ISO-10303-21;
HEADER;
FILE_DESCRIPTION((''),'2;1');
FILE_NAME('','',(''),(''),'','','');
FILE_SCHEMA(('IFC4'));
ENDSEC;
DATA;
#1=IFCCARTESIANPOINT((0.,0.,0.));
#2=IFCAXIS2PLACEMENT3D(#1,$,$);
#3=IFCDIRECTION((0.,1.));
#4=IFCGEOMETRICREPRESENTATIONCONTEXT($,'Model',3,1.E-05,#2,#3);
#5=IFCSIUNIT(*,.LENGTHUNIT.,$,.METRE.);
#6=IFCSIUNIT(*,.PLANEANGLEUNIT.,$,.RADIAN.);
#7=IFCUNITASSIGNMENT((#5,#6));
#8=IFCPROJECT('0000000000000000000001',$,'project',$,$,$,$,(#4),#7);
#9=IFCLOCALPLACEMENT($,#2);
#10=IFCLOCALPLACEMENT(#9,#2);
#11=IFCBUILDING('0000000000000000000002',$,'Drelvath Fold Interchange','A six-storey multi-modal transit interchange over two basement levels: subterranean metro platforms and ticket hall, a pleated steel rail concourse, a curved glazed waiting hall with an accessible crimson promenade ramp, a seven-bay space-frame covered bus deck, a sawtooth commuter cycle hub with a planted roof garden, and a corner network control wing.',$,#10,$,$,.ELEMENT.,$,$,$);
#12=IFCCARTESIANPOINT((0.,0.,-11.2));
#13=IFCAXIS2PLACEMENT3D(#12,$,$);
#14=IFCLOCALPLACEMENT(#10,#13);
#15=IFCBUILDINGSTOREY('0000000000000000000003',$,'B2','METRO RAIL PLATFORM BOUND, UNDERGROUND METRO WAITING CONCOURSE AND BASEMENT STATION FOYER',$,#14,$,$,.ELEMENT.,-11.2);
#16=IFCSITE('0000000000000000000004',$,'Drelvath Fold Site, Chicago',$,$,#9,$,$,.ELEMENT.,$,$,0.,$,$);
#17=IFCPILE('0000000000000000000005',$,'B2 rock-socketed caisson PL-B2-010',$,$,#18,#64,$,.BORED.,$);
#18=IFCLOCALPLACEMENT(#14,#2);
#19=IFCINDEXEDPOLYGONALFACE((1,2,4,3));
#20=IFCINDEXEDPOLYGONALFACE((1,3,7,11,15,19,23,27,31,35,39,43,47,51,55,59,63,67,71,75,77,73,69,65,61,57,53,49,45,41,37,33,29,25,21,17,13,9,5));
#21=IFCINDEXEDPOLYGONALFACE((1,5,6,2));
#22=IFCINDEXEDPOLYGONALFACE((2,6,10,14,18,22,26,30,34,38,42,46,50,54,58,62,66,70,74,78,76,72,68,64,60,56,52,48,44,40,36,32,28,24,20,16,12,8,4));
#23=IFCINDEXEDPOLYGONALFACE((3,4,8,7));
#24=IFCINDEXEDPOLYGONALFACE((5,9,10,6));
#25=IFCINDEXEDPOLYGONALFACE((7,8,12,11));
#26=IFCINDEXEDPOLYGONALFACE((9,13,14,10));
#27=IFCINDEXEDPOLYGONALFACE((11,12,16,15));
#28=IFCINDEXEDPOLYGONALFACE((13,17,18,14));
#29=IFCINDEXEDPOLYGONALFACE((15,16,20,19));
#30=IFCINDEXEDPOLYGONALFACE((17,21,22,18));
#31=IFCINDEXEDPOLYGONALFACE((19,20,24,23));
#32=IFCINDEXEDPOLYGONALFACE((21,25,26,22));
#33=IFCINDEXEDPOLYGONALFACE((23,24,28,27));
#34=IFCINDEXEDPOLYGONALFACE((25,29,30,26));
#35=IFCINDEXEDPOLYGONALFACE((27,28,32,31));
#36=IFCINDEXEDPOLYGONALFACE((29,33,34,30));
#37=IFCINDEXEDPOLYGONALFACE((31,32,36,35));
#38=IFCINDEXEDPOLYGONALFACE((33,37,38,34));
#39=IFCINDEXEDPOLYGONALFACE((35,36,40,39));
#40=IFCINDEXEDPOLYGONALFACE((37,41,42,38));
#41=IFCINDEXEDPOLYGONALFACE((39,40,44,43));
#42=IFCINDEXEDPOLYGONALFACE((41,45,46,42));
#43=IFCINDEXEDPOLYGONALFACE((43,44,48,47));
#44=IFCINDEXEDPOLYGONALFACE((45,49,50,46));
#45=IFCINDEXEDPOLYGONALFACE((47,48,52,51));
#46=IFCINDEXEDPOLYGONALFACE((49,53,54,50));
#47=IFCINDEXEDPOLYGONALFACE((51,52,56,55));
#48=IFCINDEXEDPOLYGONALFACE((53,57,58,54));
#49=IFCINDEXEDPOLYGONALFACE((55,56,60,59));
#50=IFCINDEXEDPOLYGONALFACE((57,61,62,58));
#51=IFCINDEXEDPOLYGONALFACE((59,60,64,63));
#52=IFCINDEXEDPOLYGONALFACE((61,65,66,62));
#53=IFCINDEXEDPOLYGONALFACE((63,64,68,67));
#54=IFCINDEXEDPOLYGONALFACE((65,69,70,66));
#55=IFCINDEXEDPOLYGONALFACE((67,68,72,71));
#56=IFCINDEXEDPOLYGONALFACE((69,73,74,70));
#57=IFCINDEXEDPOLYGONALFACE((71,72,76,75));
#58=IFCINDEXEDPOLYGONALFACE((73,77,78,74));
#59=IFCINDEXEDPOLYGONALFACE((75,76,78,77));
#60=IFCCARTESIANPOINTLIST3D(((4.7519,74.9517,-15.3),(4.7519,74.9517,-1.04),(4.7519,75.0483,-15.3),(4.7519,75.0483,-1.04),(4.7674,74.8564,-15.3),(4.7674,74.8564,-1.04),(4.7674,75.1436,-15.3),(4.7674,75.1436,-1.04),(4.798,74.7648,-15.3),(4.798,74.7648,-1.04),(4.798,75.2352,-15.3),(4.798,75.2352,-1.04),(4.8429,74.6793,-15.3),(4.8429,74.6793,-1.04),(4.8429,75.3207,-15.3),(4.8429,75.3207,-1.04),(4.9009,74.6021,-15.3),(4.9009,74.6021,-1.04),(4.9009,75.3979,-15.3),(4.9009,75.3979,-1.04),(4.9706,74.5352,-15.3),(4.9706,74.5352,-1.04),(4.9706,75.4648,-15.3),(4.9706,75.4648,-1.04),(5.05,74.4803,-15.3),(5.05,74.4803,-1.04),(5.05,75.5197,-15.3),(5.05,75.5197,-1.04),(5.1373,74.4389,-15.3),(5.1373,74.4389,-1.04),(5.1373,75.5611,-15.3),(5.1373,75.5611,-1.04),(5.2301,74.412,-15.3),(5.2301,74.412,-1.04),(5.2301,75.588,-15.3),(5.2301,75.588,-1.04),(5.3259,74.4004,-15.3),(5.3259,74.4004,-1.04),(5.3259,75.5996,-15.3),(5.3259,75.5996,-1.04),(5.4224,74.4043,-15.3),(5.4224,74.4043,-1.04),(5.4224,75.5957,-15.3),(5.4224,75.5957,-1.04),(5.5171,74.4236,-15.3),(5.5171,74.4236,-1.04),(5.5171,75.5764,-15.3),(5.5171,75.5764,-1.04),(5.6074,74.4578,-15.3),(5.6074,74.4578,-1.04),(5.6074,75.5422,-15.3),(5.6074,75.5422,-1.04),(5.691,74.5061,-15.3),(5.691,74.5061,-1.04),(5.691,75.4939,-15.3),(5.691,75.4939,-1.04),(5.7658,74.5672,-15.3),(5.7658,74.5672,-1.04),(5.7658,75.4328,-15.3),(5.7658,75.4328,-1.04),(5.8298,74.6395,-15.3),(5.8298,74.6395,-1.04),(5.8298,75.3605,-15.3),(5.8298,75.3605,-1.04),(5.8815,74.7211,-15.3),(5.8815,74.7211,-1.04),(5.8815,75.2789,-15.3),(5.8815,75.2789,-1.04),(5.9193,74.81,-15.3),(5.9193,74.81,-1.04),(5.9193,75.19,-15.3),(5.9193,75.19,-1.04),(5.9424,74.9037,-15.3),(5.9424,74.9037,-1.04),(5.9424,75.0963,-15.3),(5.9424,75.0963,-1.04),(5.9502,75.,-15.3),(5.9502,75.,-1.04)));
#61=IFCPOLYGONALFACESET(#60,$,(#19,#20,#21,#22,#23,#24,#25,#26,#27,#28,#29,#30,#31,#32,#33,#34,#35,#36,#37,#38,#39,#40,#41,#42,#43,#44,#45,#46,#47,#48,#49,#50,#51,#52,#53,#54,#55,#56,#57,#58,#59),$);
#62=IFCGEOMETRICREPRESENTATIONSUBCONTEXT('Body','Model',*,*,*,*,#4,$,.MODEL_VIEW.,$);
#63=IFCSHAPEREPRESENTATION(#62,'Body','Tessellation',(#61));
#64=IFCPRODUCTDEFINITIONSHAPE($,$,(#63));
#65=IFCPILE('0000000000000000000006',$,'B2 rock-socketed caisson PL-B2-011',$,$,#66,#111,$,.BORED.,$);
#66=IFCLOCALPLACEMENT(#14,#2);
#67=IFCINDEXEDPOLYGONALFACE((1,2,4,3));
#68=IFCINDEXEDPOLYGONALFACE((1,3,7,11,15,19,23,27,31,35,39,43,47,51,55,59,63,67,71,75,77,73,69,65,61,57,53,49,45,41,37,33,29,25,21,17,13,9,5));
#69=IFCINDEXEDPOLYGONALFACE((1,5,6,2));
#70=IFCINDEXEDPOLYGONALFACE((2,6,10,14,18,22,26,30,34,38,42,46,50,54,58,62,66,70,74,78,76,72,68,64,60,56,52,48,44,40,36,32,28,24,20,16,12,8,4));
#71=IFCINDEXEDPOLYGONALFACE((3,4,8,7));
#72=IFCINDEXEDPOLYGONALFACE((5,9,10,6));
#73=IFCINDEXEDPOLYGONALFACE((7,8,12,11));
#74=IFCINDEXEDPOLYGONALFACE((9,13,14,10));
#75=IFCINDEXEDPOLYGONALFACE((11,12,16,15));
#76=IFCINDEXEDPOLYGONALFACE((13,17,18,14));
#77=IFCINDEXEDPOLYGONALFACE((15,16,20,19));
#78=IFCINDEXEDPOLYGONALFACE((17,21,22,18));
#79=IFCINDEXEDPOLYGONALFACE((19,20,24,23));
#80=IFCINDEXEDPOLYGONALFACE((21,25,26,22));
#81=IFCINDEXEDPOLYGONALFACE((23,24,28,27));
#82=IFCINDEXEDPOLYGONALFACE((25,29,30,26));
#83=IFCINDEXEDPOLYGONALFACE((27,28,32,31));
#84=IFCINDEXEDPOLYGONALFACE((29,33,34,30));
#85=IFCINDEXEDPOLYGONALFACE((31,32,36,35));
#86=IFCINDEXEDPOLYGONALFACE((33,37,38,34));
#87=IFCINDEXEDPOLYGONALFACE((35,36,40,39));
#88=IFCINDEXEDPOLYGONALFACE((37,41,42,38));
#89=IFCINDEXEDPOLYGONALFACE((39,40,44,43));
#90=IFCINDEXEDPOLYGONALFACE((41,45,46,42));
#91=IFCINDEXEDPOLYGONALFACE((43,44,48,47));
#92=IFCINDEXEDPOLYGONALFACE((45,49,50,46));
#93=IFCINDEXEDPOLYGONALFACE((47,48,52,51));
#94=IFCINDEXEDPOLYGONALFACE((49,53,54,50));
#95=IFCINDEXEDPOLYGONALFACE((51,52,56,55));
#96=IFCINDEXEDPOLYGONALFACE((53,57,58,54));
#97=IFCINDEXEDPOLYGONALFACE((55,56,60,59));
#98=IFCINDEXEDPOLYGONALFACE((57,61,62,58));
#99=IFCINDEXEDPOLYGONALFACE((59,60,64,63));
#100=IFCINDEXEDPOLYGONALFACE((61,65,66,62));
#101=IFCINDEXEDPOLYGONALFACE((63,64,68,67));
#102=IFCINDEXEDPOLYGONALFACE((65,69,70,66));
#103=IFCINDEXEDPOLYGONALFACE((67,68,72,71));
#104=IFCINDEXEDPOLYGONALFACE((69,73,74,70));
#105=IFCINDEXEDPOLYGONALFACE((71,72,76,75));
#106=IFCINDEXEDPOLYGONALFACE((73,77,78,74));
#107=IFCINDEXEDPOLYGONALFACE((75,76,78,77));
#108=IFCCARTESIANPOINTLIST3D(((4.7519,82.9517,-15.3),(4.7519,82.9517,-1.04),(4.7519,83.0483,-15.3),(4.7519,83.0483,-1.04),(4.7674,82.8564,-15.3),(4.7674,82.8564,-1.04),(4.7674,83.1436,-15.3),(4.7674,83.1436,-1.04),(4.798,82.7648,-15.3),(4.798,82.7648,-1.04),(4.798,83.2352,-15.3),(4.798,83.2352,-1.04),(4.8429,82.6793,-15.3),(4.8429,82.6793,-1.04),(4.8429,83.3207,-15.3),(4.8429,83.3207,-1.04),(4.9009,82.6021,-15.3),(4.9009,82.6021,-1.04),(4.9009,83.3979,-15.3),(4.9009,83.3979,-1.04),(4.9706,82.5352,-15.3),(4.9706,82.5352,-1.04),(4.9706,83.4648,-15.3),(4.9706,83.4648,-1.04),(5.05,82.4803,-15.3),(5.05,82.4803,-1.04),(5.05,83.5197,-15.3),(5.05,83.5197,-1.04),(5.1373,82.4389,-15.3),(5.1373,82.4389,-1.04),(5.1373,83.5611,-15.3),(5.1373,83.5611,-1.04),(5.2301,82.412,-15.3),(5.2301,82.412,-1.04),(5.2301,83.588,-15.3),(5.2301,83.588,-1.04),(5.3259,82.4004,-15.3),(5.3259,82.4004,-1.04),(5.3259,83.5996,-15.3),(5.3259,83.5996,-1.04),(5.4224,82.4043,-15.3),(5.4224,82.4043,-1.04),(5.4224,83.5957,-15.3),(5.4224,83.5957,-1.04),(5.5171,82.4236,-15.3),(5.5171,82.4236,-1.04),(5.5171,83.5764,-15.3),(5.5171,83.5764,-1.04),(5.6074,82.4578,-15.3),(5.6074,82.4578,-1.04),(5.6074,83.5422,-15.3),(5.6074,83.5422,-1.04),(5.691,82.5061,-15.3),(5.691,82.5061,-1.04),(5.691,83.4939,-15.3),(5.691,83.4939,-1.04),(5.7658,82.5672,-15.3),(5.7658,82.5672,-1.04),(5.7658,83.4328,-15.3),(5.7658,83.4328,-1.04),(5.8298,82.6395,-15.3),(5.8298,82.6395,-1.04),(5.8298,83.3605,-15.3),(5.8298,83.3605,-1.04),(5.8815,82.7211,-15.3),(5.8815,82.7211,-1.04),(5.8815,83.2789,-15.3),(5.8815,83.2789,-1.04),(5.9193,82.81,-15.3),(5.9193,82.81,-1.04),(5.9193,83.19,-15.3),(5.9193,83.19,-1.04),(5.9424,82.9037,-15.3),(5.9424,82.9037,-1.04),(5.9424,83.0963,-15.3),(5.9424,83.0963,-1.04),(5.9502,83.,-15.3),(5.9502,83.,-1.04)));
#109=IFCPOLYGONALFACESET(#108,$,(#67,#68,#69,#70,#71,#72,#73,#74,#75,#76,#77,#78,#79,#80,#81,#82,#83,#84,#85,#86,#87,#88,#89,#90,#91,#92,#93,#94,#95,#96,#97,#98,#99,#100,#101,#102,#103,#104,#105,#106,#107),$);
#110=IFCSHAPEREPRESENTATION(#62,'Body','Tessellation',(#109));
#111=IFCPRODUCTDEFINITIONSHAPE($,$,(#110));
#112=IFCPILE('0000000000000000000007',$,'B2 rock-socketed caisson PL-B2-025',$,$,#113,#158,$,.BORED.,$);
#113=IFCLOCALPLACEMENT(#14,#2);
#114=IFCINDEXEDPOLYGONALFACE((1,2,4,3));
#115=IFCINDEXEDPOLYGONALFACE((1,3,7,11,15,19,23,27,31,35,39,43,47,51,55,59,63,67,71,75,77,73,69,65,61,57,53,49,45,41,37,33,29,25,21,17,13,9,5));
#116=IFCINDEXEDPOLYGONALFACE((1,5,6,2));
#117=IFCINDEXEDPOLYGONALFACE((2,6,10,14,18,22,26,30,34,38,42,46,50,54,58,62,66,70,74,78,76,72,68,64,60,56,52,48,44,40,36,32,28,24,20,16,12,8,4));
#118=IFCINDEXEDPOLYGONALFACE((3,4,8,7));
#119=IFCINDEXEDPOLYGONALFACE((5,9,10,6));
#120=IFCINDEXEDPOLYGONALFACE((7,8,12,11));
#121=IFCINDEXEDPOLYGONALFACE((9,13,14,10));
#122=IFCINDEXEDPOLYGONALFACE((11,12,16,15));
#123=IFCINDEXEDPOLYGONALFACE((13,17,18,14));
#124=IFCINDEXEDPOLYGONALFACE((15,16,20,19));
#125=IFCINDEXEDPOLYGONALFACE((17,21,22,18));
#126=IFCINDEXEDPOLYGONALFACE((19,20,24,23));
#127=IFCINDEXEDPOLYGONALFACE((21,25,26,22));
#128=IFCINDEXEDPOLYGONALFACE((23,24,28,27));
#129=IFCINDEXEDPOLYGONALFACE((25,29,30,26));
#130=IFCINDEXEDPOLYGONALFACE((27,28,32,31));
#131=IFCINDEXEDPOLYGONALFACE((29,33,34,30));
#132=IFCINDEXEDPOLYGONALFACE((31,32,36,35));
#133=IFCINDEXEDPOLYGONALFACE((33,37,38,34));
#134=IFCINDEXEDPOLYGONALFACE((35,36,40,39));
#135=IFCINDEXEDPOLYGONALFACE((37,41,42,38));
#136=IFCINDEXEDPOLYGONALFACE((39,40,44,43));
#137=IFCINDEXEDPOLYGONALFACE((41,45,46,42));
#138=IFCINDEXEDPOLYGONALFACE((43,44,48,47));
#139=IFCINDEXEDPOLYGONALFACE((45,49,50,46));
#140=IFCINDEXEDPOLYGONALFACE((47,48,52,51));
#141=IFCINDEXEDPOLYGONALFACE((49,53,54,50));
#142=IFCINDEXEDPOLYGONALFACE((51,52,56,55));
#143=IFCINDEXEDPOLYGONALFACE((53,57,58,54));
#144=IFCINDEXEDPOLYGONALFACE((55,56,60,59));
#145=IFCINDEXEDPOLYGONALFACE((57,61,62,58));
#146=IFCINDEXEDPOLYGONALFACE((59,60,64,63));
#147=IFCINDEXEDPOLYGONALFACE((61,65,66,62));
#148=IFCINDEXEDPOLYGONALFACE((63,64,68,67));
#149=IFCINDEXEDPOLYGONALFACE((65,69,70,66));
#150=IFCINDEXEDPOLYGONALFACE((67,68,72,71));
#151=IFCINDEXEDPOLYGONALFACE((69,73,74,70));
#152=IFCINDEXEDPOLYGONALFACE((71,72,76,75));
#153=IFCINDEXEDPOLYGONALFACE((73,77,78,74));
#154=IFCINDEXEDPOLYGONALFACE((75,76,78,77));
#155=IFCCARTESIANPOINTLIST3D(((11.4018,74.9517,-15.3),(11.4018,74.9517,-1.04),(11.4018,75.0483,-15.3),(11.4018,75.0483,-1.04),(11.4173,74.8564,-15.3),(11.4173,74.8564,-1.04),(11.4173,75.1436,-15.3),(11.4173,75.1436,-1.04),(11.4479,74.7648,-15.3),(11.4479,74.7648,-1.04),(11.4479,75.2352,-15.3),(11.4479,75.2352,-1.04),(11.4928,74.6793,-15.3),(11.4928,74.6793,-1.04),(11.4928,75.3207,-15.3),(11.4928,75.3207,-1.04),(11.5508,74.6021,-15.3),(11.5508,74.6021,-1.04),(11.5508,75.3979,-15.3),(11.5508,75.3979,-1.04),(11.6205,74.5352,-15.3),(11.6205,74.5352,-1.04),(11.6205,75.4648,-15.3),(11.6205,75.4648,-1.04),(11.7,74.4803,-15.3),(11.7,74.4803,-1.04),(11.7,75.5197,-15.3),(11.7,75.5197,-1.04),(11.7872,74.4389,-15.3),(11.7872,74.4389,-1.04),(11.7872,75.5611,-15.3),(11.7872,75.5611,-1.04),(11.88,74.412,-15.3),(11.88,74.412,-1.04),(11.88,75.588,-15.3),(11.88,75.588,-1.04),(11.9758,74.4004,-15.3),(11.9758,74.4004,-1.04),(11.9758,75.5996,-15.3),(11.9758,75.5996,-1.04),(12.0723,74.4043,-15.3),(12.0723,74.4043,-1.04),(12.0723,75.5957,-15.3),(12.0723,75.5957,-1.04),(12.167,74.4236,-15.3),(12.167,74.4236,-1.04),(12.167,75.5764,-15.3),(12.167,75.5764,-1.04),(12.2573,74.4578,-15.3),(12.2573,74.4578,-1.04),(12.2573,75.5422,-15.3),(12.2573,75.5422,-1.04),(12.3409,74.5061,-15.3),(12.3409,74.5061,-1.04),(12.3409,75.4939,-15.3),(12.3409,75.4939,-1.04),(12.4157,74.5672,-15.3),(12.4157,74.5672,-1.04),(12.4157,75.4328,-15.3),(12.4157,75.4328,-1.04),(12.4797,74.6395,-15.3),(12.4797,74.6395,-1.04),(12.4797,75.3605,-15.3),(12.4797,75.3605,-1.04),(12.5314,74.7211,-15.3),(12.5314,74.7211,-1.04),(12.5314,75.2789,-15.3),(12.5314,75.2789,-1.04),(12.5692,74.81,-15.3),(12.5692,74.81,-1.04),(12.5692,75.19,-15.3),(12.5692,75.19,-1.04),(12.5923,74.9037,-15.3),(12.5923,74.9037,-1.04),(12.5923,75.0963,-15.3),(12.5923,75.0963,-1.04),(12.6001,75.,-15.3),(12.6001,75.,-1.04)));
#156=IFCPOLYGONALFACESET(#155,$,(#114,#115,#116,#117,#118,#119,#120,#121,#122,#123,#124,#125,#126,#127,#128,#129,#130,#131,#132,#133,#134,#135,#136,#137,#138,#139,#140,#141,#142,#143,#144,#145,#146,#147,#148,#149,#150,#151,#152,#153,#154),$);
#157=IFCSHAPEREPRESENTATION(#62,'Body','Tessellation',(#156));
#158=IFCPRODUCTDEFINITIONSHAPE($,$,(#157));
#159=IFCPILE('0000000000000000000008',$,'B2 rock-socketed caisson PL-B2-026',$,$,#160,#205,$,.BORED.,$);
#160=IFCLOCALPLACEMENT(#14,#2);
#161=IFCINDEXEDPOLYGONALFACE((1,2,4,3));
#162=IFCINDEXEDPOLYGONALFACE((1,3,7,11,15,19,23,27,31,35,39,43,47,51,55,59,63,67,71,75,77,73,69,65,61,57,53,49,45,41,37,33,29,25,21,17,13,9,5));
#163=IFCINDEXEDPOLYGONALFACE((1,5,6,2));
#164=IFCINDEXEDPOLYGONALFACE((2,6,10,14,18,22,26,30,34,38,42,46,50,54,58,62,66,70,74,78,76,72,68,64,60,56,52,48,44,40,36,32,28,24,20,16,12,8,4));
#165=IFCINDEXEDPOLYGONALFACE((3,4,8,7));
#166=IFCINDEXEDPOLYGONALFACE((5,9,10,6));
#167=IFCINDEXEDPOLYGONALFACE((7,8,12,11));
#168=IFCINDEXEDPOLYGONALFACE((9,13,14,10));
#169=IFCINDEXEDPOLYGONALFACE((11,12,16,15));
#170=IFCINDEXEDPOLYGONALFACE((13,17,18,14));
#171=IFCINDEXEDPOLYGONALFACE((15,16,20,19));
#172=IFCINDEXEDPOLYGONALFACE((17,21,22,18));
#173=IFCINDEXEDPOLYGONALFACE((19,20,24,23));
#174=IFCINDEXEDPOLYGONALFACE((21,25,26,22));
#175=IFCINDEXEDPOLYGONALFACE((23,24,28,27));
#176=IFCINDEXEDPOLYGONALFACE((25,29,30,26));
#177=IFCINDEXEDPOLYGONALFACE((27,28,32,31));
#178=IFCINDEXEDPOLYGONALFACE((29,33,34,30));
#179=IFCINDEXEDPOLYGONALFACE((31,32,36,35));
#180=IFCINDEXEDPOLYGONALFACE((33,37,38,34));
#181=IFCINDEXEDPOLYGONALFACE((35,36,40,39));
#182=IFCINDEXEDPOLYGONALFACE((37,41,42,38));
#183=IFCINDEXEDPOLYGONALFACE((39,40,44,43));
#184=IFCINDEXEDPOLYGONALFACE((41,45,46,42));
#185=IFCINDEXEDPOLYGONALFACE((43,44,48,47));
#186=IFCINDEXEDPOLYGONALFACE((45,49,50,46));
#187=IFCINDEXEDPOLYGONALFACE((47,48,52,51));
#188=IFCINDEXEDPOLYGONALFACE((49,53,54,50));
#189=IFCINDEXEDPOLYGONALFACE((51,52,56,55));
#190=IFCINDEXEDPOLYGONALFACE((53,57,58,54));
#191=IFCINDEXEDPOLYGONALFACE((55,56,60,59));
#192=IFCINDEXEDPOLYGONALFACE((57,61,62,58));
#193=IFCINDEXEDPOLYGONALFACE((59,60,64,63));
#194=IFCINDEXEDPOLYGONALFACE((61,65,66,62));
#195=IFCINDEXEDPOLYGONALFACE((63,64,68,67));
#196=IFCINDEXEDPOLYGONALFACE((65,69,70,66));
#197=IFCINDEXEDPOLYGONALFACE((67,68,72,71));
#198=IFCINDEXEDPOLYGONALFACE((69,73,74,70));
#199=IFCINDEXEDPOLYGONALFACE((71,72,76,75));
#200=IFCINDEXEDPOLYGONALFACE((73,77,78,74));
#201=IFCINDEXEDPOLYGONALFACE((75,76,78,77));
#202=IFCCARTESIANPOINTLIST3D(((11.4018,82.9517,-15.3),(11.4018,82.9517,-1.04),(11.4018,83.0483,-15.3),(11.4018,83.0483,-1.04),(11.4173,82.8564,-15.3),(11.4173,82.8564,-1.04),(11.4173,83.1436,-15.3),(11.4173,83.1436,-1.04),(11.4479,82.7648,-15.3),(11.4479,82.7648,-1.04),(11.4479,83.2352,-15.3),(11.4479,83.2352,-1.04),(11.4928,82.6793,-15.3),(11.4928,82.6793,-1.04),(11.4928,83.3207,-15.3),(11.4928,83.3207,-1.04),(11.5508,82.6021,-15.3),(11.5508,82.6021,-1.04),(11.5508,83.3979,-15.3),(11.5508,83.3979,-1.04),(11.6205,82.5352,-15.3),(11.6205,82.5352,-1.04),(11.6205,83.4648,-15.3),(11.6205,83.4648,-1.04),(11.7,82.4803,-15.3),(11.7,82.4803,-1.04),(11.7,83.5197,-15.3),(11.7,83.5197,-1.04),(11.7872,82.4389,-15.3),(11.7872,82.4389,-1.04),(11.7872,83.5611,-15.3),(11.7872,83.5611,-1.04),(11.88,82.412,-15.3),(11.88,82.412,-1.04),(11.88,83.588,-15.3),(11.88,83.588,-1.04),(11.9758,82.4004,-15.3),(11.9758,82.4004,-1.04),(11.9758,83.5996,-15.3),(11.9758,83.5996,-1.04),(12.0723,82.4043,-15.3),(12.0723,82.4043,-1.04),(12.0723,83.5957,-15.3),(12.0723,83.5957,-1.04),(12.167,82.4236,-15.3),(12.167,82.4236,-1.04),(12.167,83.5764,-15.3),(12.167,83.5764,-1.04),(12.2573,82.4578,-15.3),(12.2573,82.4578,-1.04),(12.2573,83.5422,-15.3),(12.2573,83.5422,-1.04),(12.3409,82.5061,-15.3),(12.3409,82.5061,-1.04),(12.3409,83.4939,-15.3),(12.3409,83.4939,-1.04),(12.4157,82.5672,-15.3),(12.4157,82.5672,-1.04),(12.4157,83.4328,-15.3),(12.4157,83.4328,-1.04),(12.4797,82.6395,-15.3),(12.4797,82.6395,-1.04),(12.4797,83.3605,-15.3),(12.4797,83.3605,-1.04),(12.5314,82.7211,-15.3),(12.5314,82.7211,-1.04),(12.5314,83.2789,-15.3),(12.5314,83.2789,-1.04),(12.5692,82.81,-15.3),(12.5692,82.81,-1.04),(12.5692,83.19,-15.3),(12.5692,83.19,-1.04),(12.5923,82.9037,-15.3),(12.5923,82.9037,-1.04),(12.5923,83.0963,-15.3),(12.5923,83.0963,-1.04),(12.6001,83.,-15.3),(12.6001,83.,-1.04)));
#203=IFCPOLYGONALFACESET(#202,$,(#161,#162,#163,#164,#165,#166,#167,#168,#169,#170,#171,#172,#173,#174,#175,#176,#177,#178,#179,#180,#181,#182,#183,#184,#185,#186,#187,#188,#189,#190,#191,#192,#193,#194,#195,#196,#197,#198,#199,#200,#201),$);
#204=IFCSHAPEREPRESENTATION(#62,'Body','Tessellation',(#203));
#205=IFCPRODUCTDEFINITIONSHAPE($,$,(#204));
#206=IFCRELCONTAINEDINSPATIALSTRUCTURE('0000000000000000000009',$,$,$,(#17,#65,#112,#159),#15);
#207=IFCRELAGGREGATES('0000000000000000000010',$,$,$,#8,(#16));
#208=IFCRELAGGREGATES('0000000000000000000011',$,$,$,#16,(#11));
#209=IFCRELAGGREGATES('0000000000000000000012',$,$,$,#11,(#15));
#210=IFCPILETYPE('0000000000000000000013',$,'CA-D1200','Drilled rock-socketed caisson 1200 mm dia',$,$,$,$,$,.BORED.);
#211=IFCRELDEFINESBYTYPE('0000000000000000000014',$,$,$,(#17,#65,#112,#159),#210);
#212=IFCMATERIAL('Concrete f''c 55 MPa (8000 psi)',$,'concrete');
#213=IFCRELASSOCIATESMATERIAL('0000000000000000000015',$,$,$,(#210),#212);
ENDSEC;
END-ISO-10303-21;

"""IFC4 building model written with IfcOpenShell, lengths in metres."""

from ifc_helpers import new_model, si_unit, direction, frame, origin, origin_2d, place, context, subcontext, project, spatial, circle, extrude, material, material_profile, profile_set, type_object, element, save


model = new_model("IFC4")

# Units and contexts
model_context = context("Model", 3, precision=1e-05, world=origin(), true_north=direction((0.0, 1.0)))
body_context = subcontext(model_context, "Body", "Model", "MODEL_VIEW")
ifc_project = project(units=[si_unit("LENGTHUNIT", "METRE"), si_unit("PLANEANGLEUNIT", "RADIAN")], contexts=[model_context])

# Site, building, storey
site_placement = place(None, origin())
site = spatial("IfcSite", under=ifc_project, at=site_placement, Name="Drelvath Fold Site, Chicago", CompositionType="ELEMENT", RefElevation=0.0)
building_placement = place(site_placement, origin())
building = spatial("IfcBuilding", under=site, at=building_placement, Name="Drelvath Fold Interchange", Description="A six-storey multi-modal transit interchange over two basement levels: subterranean metro platforms and ticket hall, a pleated steel rail concourse, a curved glazed waiting hall with an accessible crimson promenade ramp, a seven-bay space-frame covered bus deck, a sawtooth commuter cycle hub with a planted roof garden, and a corner network control wing.", CompositionType="ELEMENT")
storey_placement = place(building_placement, frame((0.0, 0.0, -11.2)))
storey = spatial("IfcBuildingStorey", under=building, at=storey_placement, Name="B2", Description="METRO RAIL PLATFORM BOUND, UNDERGROUND METRO WAITING CONCOURSE AND BASEMENT STATION FOYER", CompositionType="ELEMENT", Elevation=-11.2)

# Piles
ifc_material_1 = material(Name="Concrete f'c 55 MPa (8000 psi)", Category="concrete")
ifc_material_profile_1 = material_profile(ifc_material_1, circle(Radius=0.6001, at=origin_2d()), Name="CAISSON D1200")
ifc_profile_set_1 = profile_set([ifc_material_profile_1], Name="Concrete f'c 55 MPa (8000 psi)")
pile_type = type_object("IfcPileType", Name="CA-D1200", Description="Drilled rock-socketed caisson 1200 mm dia", PredefinedType="BORED", material=ifc_profile_set_1)
for number, where, z_axis, x_axis, name in (
    (1, (5.3501, 75.0, -1.04), (0.0, 0.0, -1.0), (1.0, 0.0, 0.0), "B2 rock-socketed caisson PL-B2-010"),
    (2, (5.3501, 83.0, -1.04), (0.0, 0.0, -1.0), (1.0, 0.0, 0.0), "B2 rock-socketed caisson PL-B2-011"),
    (3, (12.0, 75.0, -1.04), (0.0, 0.0, -1.0), (1.0, 0.0, 0.0), "B2 rock-socketed caisson PL-B2-025"),
    (4, (12.0, 83.0, -1.04), (0.0, 0.0, -1.0), (1.0, 0.0, 0.0), "B2 rock-socketed caisson PL-B2-026"),
):
    element("IfcPile", number, at=place(storey_placement, frame(where, z_axis=z_axis, x_axis=x_axis)), inside=storey, type_object=pile_type, Name=name, PredefinedType="BORED", context=body_context, shape_type="SweptSolid", body=[
        extrude(circle(Radius=0.6001, at=origin_2d()), origin(), (0.0, 0.0, 1.0), 14.26),
    ])

save(model, "model.ifc")
